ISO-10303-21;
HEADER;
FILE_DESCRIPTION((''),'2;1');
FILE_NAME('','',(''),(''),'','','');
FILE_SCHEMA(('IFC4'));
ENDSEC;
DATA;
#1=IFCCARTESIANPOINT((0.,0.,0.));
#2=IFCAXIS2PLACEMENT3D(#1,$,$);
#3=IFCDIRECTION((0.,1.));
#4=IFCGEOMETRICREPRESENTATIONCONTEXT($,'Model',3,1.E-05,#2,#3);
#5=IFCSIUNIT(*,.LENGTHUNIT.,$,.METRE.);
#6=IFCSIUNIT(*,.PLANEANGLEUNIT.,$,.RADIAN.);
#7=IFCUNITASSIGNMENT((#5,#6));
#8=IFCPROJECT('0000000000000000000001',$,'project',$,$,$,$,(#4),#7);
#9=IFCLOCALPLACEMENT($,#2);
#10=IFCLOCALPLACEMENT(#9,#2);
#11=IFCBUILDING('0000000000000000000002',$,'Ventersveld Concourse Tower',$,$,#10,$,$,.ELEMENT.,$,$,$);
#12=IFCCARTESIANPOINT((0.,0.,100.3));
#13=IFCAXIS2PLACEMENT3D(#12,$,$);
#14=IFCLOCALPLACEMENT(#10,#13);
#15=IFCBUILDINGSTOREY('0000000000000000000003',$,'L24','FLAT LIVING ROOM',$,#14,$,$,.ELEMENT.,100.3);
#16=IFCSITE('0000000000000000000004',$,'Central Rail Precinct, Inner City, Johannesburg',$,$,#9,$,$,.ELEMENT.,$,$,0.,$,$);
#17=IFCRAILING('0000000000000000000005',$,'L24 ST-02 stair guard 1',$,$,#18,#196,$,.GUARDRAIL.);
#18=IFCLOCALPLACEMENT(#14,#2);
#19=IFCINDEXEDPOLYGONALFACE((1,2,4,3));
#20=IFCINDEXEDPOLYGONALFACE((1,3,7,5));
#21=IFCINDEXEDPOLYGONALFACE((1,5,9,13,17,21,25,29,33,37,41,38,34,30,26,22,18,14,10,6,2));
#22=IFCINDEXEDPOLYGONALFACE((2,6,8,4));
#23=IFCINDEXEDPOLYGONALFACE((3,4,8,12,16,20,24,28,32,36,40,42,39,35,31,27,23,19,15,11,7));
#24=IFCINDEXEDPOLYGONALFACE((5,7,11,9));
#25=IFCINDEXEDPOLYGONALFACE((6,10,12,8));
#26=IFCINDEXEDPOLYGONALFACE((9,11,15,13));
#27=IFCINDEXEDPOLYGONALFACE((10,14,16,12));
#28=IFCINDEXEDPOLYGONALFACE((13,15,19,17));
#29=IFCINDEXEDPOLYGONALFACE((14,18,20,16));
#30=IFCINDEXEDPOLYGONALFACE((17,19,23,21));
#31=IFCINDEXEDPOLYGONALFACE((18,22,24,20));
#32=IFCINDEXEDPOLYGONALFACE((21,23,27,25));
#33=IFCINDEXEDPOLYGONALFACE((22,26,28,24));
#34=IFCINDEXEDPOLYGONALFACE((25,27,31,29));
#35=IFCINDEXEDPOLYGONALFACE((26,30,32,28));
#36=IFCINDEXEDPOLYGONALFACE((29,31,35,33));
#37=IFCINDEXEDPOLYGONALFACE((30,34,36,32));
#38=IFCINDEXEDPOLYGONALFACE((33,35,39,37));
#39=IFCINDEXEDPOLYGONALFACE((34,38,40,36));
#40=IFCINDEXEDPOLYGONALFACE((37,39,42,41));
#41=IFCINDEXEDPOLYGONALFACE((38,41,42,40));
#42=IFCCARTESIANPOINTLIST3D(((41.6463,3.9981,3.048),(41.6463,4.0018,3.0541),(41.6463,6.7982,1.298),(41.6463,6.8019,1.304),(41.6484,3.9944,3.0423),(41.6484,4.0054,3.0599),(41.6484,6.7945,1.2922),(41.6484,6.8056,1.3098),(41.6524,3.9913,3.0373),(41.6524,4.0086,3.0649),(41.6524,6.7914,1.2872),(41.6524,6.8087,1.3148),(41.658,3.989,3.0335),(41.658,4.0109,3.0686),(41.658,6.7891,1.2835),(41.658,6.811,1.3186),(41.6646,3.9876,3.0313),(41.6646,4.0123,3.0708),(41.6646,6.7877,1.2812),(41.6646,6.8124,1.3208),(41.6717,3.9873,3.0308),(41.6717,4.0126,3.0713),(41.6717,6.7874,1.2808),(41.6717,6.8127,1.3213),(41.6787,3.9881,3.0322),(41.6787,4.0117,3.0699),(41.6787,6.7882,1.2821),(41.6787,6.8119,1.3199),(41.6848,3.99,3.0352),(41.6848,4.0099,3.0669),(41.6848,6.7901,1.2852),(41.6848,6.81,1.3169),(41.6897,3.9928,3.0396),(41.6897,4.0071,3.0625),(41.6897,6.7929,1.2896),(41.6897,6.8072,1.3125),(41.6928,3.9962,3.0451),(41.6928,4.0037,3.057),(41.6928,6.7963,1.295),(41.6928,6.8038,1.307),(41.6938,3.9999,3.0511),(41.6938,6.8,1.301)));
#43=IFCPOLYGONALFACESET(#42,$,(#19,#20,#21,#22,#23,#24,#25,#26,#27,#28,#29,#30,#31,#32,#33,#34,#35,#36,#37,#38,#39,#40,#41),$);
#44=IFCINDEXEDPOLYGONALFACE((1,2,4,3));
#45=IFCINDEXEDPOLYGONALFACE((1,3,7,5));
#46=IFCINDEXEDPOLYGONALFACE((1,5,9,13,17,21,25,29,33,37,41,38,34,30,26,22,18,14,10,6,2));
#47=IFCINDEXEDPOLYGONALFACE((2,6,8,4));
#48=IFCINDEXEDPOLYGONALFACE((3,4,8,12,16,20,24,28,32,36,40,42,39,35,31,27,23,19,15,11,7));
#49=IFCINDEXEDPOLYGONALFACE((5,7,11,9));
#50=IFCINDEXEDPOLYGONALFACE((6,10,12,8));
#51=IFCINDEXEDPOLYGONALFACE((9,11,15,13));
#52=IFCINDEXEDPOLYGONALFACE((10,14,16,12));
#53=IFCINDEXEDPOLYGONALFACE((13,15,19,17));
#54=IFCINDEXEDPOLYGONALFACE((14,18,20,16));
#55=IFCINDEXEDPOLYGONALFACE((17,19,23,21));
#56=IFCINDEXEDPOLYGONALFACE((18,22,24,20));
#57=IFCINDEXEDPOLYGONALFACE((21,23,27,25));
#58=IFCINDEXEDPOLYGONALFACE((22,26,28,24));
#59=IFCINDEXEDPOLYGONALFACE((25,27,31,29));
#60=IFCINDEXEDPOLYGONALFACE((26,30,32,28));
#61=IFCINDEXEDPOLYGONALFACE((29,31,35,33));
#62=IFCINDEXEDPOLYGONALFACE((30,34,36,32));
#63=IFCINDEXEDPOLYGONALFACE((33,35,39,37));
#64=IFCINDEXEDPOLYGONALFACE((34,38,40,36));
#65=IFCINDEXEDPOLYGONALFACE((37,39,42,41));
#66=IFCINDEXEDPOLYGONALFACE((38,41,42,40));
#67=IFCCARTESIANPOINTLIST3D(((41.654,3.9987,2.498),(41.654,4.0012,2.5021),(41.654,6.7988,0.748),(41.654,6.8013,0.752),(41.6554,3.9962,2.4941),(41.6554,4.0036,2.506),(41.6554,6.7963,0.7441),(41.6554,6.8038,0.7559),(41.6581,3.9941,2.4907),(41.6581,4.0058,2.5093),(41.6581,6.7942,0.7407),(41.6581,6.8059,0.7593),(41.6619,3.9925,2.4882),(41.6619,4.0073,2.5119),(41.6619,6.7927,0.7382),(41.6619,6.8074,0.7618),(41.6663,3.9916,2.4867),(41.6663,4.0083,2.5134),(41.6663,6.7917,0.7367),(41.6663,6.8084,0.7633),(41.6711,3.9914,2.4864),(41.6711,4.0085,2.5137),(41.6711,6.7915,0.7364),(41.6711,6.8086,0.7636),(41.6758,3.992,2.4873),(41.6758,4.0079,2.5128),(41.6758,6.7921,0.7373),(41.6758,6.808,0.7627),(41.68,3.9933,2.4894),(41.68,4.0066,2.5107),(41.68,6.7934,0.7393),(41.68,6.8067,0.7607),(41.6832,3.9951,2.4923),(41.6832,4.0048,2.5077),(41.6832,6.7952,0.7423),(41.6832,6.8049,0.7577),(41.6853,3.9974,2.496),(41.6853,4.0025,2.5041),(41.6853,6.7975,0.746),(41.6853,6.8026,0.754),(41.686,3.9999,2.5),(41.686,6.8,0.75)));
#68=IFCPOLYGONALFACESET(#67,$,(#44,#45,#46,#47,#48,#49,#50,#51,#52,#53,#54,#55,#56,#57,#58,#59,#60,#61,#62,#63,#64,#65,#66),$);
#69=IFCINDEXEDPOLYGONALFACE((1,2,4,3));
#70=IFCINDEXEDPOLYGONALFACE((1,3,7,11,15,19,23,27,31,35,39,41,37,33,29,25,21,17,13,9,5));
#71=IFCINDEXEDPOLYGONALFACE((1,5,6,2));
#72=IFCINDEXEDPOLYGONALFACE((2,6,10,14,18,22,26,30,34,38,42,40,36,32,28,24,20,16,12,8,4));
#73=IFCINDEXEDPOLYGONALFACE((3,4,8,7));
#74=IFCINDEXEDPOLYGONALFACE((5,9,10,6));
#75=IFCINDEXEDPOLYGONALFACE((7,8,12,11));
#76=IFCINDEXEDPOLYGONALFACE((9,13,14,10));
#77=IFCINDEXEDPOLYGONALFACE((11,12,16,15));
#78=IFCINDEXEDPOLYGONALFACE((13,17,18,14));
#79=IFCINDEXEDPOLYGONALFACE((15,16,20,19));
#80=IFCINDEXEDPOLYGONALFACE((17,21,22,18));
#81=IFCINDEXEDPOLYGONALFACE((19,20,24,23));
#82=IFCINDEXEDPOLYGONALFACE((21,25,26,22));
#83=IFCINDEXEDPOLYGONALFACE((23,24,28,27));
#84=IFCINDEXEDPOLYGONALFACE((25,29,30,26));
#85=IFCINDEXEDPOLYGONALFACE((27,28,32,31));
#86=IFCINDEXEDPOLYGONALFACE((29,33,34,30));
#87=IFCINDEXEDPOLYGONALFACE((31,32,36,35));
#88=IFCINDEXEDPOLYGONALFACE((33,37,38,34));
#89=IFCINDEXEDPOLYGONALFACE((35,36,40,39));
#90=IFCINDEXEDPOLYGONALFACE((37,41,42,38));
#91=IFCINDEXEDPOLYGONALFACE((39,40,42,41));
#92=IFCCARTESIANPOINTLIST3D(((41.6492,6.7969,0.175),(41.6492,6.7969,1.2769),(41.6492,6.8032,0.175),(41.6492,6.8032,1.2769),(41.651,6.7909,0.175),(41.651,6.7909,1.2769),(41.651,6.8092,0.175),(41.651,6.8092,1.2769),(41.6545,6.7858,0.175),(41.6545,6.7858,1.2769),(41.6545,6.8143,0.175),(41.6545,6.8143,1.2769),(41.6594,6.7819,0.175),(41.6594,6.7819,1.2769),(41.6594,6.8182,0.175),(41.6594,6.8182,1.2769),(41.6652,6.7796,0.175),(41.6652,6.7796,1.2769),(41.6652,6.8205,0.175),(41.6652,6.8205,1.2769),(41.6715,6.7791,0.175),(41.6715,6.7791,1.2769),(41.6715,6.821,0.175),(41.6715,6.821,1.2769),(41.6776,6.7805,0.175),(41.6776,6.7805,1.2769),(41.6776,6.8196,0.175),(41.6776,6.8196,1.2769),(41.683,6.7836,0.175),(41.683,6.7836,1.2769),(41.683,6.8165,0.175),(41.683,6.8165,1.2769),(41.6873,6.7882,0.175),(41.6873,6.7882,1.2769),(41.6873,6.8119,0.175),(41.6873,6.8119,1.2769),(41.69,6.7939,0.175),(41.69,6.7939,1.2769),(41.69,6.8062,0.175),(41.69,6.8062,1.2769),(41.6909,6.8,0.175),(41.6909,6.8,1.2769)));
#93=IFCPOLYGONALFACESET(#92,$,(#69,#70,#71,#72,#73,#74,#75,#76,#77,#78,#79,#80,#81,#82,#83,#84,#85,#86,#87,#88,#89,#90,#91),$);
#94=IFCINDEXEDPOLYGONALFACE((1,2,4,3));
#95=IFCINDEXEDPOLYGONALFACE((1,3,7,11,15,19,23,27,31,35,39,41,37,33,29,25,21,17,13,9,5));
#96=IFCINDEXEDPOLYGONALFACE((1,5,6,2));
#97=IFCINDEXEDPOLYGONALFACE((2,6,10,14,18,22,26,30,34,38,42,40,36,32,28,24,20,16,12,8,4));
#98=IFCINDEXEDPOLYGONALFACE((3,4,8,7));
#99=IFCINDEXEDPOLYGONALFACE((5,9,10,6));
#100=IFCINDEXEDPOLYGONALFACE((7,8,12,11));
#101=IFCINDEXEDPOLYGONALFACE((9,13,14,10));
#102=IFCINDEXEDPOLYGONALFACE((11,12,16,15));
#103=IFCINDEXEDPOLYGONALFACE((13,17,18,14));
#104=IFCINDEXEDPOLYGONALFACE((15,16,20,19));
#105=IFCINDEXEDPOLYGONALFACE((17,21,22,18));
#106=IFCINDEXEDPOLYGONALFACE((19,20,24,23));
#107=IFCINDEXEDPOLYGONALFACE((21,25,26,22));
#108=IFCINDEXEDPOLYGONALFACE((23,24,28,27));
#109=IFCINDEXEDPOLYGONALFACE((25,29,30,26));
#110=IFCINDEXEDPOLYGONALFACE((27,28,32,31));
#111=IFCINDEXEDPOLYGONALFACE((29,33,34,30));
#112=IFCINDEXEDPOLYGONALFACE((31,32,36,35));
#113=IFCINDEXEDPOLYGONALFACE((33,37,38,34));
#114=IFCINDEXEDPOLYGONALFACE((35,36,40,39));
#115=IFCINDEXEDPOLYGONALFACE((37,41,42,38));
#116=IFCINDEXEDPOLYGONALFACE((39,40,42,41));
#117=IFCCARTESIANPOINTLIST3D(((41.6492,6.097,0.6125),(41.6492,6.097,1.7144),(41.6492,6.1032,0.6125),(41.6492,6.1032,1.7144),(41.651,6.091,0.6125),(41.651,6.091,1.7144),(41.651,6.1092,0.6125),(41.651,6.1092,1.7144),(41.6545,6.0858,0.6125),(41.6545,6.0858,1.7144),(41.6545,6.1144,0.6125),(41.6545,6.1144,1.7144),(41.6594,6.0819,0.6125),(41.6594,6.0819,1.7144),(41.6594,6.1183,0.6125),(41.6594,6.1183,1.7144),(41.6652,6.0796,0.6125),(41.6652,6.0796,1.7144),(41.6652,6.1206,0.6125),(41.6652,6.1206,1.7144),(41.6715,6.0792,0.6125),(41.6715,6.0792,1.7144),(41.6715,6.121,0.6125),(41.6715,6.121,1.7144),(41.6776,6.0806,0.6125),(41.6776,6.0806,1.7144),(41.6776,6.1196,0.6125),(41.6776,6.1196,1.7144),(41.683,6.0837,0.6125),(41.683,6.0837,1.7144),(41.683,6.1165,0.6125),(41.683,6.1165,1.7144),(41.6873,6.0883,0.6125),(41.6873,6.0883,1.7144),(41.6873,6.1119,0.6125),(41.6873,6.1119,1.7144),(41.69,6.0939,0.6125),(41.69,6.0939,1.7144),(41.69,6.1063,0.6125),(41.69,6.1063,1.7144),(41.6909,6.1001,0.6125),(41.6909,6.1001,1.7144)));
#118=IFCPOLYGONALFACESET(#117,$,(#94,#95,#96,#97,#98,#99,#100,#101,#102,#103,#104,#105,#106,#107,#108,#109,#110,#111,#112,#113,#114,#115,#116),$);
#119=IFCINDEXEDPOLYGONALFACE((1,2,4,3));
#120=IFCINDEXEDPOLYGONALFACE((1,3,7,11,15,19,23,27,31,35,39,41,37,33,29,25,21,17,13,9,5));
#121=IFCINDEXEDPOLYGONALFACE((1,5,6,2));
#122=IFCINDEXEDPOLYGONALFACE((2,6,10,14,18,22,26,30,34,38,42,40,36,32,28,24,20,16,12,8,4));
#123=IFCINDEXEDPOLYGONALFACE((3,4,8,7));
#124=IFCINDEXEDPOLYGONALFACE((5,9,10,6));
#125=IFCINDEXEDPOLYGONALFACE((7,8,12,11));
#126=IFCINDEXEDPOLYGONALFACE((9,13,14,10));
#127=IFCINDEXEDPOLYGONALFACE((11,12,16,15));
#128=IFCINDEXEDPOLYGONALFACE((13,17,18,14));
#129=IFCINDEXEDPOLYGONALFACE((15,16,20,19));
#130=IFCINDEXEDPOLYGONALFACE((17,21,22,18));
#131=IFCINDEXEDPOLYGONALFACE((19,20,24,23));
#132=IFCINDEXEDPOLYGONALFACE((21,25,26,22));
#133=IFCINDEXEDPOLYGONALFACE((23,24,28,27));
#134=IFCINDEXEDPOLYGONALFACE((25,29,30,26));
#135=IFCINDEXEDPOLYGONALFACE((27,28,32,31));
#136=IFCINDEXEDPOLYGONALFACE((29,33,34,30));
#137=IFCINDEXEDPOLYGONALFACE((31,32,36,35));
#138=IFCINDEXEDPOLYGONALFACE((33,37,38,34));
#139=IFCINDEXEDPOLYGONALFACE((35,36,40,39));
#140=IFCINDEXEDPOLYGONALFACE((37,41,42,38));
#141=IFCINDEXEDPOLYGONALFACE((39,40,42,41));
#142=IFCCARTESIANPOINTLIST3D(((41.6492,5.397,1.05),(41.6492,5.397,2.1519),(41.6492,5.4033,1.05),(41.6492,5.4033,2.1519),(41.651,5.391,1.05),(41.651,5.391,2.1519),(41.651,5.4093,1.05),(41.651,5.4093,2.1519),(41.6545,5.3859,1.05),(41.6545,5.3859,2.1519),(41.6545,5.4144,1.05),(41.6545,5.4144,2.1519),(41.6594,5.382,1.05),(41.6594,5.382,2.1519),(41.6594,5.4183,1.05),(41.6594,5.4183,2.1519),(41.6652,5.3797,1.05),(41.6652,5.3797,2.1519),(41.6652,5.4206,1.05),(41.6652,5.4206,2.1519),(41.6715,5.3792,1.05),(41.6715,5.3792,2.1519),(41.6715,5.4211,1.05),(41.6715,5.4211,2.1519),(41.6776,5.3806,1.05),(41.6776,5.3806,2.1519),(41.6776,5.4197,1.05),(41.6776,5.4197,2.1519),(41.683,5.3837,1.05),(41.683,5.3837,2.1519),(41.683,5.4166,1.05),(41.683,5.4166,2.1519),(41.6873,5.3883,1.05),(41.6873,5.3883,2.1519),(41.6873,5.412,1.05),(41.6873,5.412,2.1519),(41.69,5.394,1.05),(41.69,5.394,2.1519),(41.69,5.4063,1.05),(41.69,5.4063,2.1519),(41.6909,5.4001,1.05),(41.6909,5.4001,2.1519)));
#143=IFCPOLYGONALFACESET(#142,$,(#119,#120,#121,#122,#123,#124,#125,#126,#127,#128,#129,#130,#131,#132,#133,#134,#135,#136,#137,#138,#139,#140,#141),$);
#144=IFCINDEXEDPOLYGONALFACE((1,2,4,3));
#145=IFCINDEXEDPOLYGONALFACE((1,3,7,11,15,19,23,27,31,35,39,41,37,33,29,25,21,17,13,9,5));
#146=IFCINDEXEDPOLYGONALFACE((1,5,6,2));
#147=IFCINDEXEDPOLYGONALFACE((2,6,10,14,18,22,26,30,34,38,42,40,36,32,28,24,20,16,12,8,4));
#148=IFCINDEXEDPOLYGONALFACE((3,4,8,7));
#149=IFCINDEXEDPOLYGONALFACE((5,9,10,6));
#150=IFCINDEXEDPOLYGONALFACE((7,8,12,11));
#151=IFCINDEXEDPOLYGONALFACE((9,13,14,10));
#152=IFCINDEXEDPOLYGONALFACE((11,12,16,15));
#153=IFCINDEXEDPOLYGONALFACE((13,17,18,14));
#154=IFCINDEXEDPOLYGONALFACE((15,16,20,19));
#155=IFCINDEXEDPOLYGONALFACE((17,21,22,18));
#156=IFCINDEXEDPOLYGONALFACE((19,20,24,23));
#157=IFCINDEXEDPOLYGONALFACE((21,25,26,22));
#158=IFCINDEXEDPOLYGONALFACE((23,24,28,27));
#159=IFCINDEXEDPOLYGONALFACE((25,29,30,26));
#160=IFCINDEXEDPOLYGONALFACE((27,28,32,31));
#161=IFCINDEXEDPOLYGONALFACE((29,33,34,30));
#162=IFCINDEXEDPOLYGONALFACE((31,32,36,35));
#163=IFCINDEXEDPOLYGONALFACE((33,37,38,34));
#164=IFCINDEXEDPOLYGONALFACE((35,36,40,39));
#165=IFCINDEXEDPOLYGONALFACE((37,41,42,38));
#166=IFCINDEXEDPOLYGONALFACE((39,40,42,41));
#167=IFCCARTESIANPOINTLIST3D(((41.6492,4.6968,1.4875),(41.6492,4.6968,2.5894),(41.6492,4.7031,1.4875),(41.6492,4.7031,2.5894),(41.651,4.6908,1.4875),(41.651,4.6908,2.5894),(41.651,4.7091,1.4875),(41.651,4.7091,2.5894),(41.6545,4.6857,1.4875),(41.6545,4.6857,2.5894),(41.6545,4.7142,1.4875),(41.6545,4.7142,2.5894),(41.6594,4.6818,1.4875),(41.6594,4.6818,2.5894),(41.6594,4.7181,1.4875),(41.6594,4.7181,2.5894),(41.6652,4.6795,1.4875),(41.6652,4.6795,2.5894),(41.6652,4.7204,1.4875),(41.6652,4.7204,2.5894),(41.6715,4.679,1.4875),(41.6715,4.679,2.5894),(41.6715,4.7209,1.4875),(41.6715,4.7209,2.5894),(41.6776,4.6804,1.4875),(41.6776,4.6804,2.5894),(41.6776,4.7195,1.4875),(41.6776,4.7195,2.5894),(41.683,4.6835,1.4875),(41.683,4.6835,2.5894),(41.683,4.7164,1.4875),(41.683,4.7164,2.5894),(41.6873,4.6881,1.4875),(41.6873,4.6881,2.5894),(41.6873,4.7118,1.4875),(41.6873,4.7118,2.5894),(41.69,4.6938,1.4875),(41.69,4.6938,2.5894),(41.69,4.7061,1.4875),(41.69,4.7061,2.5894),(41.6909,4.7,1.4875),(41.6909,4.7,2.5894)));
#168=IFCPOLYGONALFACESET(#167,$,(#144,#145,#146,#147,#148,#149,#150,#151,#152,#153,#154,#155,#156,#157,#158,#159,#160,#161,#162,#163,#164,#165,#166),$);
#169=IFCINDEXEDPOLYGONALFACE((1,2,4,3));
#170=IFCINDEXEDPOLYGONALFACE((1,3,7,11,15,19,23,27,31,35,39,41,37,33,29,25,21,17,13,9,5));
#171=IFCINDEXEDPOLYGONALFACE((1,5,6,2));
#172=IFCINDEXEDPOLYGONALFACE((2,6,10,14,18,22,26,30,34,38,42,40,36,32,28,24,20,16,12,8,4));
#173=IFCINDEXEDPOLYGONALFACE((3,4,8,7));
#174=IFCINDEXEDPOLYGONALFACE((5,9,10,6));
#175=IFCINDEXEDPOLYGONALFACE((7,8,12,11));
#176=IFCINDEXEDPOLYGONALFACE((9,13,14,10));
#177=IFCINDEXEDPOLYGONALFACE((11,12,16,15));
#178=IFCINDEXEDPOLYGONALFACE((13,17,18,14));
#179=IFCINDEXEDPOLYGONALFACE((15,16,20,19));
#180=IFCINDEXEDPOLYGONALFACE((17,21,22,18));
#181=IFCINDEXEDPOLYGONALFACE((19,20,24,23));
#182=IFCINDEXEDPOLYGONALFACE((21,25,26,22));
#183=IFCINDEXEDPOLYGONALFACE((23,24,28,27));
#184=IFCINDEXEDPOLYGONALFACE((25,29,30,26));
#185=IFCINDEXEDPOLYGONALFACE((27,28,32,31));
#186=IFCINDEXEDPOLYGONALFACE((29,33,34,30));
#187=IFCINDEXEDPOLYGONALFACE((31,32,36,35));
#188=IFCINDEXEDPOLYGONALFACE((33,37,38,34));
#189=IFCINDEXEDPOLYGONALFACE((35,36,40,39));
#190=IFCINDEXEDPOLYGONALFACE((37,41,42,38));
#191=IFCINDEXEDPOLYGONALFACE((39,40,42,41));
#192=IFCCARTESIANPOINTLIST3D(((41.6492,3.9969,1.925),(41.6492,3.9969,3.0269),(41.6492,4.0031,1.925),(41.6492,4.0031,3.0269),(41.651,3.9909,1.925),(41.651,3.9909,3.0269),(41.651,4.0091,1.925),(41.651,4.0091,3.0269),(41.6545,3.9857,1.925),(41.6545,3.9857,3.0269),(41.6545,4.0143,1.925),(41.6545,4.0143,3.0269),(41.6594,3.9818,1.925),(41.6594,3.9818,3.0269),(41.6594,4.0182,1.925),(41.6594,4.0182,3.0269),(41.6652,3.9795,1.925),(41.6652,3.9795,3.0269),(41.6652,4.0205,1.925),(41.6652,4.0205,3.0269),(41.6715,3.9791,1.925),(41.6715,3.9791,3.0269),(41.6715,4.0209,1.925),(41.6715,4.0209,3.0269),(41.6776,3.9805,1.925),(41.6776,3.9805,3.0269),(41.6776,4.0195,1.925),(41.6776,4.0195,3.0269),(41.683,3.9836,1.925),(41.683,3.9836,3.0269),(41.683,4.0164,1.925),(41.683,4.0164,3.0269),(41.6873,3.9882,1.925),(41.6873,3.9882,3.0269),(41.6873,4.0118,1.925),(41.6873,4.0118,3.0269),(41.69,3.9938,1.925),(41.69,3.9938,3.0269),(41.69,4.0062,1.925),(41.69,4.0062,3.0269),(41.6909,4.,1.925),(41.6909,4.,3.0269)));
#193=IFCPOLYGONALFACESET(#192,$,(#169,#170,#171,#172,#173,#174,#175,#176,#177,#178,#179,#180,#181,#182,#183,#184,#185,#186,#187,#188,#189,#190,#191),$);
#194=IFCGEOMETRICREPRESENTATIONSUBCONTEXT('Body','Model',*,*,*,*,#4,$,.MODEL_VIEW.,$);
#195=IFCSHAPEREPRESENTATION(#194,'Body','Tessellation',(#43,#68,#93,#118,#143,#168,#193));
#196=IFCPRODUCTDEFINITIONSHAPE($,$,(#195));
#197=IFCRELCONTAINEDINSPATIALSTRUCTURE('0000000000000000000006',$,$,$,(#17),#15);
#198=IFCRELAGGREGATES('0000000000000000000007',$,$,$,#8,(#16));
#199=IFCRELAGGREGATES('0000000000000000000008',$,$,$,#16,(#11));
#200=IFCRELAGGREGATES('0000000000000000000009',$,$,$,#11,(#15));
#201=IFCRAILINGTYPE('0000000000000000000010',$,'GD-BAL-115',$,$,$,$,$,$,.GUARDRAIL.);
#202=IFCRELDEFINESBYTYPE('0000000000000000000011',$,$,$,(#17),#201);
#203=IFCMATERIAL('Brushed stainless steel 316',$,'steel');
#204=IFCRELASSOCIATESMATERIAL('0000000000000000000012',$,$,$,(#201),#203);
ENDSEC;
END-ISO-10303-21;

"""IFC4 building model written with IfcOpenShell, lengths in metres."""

from ifc_helpers import new_model, si_unit, direction, frame, origin, origin_2d, place, context, subcontext, project, spatial, circle, extrude, material, type_object, element, save


model = new_model("IFC4")

# Units and contexts
model_context = context("Model", 3, precision=1e-05, world=origin(), true_north=direction((0.0, 1.0)))
body_context = subcontext(model_context, "Body", "Model", "MODEL_VIEW")
ifc_project = project(units=[si_unit("LENGTHUNIT", "METRE"), si_unit("PLANEANGLEUNIT", "RADIAN")], contexts=[model_context])

# Site, building, storey
site_placement = place(None, origin())
site = spatial("IfcSite", under=ifc_project, at=site_placement, Name="Central Rail Precinct, Inner City, Johannesburg", CompositionType="ELEMENT", RefElevation=0.0)
building_placement = place(site_placement, origin())
building = spatial("IfcBuilding", under=site, at=building_placement, Name="Ventersveld Concourse Tower", CompositionType="ELEMENT")
storey_placement = place(building_placement, frame((0.0, 0.0, 100.3)))
storey = spatial("IfcBuildingStorey", under=building, at=storey_placement, Name="L24", Description="FLAT LIVING ROOM", CompositionType="ELEMENT", Elevation=100.3)

# Shared definitions
ifc_material_1 = material(Name="Brushed stainless steel 316", Category="steel")

# Railing
railing_type_1 = type_object("IfcRailingType", Name="GD-BAL-115", PredefinedType="GUARDRAIL", material=ifc_material_1)
railing_1_placement = place(storey_placement, frame((41.6699, 6.8, 0.175)))
element("IfcRailing", 1, at=railing_1_placement, inside=storey, type_object=railing_type_1, Name="L24 ST-02 stair guard 1", PredefinedType="GUARDRAIL", context=body_context, shape_type="SweptSolid", body=[
    extrude(circle(Radius=0.0239, at=origin_2d()), frame((0.0, 0.0, 1.126), z_axis=(0.0, -0.848002, 0.529992), x_axis=(1.0, 0.0, 0.0)), (0.0, 0.0, 1.0), 3.302),
    extrude(circle(Radius=0.0161, at=origin_2d()), frame((0.0, 0.0, 0.575), z_axis=(0.0, -0.848002, 0.529992), x_axis=(1.0, 0.0, 0.0)), (0.0, 0.0, 1.0), 3.302),
    extrude(circle(Radius=0.021, at=origin_2d()), origin(), (0.0, 0.0, 1.0), 1.1018),
    extrude(circle(Radius=0.021, at=origin_2d()), frame((0.0, -0.7, 0.4375)), (0.0, 0.0, 1.0), 1.1018),
    extrude(circle(Radius=0.021, at=origin_2d()), frame((0.0, -1.3999, 0.875)), (0.0, 0.0, 1.0), 1.1018),
    extrude(circle(Radius=0.021, at=origin_2d()), frame((0.0, -2.1001, 1.3125)), (0.0, 0.0, 1.0), 1.1018),
    extrude(circle(Radius=0.021, at=origin_2d()), frame((0.0, -2.8, 1.75)), (0.0, 0.0, 1.0), 1.1018),
])

save(model, "model.ifc")
